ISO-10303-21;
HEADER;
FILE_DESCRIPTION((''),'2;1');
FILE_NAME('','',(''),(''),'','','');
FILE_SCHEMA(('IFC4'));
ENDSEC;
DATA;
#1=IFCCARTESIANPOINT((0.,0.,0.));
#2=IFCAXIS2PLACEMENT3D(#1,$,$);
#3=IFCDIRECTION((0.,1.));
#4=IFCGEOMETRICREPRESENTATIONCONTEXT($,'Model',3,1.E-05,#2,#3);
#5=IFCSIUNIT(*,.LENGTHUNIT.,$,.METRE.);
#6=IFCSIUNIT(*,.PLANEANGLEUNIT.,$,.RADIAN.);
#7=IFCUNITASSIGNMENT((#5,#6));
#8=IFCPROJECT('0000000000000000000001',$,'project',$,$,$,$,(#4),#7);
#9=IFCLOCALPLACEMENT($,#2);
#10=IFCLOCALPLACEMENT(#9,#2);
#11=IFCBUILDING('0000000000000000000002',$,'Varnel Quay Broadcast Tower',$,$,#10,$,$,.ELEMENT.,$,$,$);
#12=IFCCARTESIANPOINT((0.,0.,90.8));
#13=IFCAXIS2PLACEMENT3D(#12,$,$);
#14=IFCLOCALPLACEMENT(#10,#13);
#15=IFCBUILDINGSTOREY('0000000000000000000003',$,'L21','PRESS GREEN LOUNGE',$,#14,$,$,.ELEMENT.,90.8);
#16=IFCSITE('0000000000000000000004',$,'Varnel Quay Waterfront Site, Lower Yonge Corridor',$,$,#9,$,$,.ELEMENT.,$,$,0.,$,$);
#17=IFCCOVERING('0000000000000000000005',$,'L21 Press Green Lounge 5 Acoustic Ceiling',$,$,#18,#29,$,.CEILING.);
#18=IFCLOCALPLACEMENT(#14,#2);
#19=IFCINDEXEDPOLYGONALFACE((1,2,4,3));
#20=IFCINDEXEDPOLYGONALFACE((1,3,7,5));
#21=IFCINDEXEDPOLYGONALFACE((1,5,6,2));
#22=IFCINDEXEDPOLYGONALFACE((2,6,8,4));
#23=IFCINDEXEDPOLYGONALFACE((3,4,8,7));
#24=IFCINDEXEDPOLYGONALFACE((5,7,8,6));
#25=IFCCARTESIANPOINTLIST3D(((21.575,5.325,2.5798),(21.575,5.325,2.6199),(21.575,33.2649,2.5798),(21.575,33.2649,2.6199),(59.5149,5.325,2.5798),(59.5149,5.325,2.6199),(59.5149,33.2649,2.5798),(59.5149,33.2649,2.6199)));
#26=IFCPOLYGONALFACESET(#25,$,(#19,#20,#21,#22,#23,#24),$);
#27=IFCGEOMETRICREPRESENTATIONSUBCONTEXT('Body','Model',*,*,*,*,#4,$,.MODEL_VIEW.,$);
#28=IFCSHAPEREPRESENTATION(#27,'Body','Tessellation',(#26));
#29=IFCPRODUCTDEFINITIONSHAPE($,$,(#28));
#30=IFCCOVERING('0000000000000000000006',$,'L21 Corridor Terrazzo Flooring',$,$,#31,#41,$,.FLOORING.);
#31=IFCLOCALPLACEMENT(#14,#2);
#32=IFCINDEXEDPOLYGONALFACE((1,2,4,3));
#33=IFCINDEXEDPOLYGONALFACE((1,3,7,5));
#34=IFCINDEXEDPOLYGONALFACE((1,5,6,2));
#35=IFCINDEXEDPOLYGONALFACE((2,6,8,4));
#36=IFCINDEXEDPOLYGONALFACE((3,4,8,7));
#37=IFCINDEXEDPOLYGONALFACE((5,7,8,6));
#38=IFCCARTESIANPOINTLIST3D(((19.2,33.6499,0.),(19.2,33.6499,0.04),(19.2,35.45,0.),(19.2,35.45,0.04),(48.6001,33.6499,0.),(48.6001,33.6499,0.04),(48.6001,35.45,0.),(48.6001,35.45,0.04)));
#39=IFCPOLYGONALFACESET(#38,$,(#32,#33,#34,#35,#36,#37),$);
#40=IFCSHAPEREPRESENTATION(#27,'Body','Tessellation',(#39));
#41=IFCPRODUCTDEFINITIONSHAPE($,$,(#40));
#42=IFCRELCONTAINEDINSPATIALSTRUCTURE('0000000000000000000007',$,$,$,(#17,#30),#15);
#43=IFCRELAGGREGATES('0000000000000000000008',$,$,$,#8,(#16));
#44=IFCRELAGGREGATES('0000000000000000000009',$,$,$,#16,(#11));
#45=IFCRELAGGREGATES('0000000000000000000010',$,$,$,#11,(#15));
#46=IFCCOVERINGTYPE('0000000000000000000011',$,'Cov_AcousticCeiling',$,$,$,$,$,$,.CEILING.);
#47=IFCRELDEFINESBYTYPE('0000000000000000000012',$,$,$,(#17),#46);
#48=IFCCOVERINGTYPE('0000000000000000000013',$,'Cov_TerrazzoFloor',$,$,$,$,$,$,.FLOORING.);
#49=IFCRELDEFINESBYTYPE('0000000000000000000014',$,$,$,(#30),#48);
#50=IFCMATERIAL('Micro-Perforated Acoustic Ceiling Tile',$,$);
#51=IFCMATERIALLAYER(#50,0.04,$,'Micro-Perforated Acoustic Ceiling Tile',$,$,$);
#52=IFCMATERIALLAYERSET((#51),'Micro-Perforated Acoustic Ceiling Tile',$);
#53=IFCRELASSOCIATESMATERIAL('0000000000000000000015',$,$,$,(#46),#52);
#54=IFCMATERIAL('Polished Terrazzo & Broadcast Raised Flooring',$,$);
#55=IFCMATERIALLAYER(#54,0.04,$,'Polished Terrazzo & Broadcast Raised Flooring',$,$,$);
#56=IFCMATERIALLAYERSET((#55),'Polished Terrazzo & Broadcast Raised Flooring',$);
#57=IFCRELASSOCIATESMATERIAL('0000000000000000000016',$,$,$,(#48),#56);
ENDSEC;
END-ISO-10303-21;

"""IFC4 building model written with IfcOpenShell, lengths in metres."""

from ifc_helpers import new_model, si_unit, direction, frame, origin, place, context, subcontext, project, spatial, polyline, outline, extrude, material, layer, layer_set, type_object, element, save


model = new_model("IFC4")

# Units and contexts
model_context = context("Model", 3, precision=1e-05, world=origin(), true_north=direction((0.0, 1.0)))
body_context = subcontext(model_context, "Body", "Model", "MODEL_VIEW")
ifc_project = project(units=[si_unit("LENGTHUNIT", "METRE"), si_unit("PLANEANGLEUNIT", "RADIAN")], contexts=[model_context])

# Site, building, storey
site_placement = place(None, origin())
site = spatial("IfcSite", under=ifc_project, at=site_placement, Name="Varnel Quay Waterfront Site, Lower Yonge Corridor", CompositionType="ELEMENT", RefElevation=0.0)
building_placement = place(site_placement, origin())
building = spatial("IfcBuilding", under=site, at=building_placement, Name="Varnel Quay Broadcast Tower", CompositionType="ELEMENT")
storey_placement = place(building_placement, frame((0.0, 0.0, 90.8)))
storey = spatial("IfcBuildingStorey", under=building, at=storey_placement, Name="L21", Description="PRESS GREEN LOUNGE", CompositionType="ELEMENT", Elevation=90.8)

# Coverings
ifc_material_1 = material(Name="Micro-Perforated Acoustic Ceiling Tile")
ifc_layer_1 = layer(ifc_material_1, 0.04, Name="Micro-Perforated Acoustic Ceiling Tile")
ifc_layer_set_1 = layer_set([ifc_layer_1], Name="Micro-Perforated Acoustic Ceiling Tile")
covering_type_1 = type_object("IfcCoveringType", Name="Cov_AcousticCeiling", PredefinedType="CEILING", material=ifc_layer_set_1)
covering_1_placement = place(storey_placement, frame((0.0, 0.0, 2.5798)))
element("IfcCovering", 1, at=covering_1_placement, inside=storey, type_object=covering_type_1, Name="L21 Press Green Lounge 5 Acoustic Ceiling", PredefinedType="CEILING", context=body_context, shape_type="SweptSolid", body=[
    extrude(outline(polyline([(21.575, 5.325), (59.5149, 5.325), (59.5149, 33.2649), (21.575, 33.2649), (21.575, 5.325)])), origin(), (0.0, 0.0, 1.0), 0.04),
])
ifc_material_2 = material(Name="Polished Terrazzo & Broadcast Raised Flooring")
ifc_layer_2 = layer(ifc_material_2, 0.04, Name="Polished Terrazzo & Broadcast Raised Flooring")
ifc_layer_set_2 = layer_set([ifc_layer_2], Name="Polished Terrazzo & Broadcast Raised Flooring")
covering_type_2 = type_object("IfcCoveringType", Name="Cov_TerrazzoFloor", PredefinedType="FLOORING", material=ifc_layer_set_2)
covering_2_placement = place(storey_placement, origin())
element("IfcCovering", 2, at=covering_2_placement, inside=storey, type_object=covering_type_2, Name="L21 Corridor Terrazzo Flooring", PredefinedType="FLOORING", context=body_context, shape_type="SweptSolid", body=[
    extrude(outline(polyline([(19.2, 33.6499), (48.6001, 33.6499), (48.6001, 35.45), (19.2, 35.45), (19.2, 33.6499)])), origin(), (0.0, 0.0, 1.0), 0.04),
])

save(model, "model.ifc")
